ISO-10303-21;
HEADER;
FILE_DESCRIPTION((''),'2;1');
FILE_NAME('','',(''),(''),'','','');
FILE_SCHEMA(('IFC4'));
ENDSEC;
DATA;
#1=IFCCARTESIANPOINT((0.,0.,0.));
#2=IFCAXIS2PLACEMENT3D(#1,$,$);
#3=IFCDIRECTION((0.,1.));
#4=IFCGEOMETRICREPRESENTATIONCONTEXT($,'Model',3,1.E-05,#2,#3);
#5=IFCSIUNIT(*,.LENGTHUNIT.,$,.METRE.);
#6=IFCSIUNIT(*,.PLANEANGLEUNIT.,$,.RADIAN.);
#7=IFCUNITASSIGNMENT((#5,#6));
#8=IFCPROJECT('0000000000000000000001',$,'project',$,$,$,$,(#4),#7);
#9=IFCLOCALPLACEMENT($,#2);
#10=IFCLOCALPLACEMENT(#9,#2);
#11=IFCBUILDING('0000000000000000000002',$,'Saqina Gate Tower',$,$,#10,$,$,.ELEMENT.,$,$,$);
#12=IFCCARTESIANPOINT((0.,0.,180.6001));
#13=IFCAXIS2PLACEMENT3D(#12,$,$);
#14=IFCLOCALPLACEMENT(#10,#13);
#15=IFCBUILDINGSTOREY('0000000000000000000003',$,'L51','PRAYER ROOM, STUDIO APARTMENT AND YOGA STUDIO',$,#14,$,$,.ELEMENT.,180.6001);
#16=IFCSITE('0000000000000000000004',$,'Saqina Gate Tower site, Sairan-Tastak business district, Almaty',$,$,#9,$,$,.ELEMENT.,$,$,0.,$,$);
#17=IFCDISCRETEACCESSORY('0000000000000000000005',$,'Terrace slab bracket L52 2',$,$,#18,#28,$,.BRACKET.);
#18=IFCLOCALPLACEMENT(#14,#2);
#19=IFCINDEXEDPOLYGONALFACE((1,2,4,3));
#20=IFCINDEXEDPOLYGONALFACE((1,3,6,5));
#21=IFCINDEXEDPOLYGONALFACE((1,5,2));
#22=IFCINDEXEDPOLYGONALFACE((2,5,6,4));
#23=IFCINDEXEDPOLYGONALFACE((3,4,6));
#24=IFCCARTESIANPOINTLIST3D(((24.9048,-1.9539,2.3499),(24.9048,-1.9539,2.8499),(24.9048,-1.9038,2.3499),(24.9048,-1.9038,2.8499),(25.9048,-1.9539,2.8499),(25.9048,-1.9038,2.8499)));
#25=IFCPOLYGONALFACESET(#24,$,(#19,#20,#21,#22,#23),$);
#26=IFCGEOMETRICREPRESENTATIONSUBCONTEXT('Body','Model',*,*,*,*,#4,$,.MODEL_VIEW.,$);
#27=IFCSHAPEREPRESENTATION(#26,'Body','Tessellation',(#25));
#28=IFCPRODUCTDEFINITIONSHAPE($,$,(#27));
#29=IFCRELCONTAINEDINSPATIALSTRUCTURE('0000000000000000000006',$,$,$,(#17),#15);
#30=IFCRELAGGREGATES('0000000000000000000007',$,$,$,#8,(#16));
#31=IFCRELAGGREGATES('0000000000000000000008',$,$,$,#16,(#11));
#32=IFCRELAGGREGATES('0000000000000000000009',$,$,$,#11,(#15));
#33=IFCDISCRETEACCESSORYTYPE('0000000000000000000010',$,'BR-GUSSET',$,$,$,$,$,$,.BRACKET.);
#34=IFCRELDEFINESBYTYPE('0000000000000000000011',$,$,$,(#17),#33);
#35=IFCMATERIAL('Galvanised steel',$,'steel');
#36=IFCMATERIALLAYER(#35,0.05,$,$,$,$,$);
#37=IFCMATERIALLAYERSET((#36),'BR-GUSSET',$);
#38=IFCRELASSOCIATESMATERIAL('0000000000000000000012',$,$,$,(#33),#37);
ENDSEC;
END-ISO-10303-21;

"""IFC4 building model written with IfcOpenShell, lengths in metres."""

from ifc_helpers import new_model, si_unit, direction, frame, origin, place, context, subcontext, project, spatial, polyline, outline, extrude, material, layer, layer_set, type_object, element, save


model = new_model("IFC4")

# Units and contexts
model_context = context("Model", 3, precision=1e-05, world=origin(), true_north=direction((0.0, 1.0)))
body_context = subcontext(model_context, "Body", "Model", "MODEL_VIEW")
ifc_project = project(units=[si_unit("LENGTHUNIT", "METRE"), si_unit("PLANEANGLEUNIT", "RADIAN")], contexts=[model_context])

# Site, building, storey
site_placement = place(None, origin())
site = spatial("IfcSite", under=ifc_project, at=site_placement, Name="Saqina Gate Tower site, Sairan-Tastak business district, Almaty", CompositionType="ELEMENT", RefElevation=0.0)
building_placement = place(site_placement, origin())
building = spatial("IfcBuilding", under=site, at=building_placement, Name="Saqina Gate Tower", CompositionType="ELEMENT")
storey_placement = place(building_placement, frame((0.0, 0.0, 180.6001)))
storey = spatial("IfcBuildingStorey", under=building, at=storey_placement, Name="L51", Description="PRAYER ROOM, STUDIO APARTMENT AND YOGA STUDIO", CompositionType="ELEMENT", Elevation=180.6001)

# Discrete accessory
ifc_material_1 = material(Name="Galvanised steel", Category="steel")
ifc_layer_1 = layer(ifc_material_1, 0.05)
ifc_layer_set_1 = layer_set([ifc_layer_1], Name="BR-GUSSET")
discrete_accessory_type = type_object("IfcDiscreteAccessoryType", Name="BR-GUSSET", PredefinedType="BRACKET", material=ifc_layer_set_1)
discrete_accessory_1_placement = place(storey_placement, frame((24.9048, -1.9038, 2.3499), z_axis=(0.0, 1.0, 0.0), x_axis=(0.0, 0.0, 1.0)))
element("IfcDiscreteAccessory", 1, at=discrete_accessory_1_placement, inside=storey, type_object=discrete_accessory_type, Name="Terrace slab bracket L52 2", PredefinedType="BRACKET", context=body_context, shape_type="SweptSolid", body=[
    extrude(outline(polyline([(0.0, 0.0), (0.5, 0.0), (0.5, 1.0), (0.0, 0.0)])), origin(), (0.0, 0.0, -1.0), 0.05),
])

save(model, "model.ifc")
